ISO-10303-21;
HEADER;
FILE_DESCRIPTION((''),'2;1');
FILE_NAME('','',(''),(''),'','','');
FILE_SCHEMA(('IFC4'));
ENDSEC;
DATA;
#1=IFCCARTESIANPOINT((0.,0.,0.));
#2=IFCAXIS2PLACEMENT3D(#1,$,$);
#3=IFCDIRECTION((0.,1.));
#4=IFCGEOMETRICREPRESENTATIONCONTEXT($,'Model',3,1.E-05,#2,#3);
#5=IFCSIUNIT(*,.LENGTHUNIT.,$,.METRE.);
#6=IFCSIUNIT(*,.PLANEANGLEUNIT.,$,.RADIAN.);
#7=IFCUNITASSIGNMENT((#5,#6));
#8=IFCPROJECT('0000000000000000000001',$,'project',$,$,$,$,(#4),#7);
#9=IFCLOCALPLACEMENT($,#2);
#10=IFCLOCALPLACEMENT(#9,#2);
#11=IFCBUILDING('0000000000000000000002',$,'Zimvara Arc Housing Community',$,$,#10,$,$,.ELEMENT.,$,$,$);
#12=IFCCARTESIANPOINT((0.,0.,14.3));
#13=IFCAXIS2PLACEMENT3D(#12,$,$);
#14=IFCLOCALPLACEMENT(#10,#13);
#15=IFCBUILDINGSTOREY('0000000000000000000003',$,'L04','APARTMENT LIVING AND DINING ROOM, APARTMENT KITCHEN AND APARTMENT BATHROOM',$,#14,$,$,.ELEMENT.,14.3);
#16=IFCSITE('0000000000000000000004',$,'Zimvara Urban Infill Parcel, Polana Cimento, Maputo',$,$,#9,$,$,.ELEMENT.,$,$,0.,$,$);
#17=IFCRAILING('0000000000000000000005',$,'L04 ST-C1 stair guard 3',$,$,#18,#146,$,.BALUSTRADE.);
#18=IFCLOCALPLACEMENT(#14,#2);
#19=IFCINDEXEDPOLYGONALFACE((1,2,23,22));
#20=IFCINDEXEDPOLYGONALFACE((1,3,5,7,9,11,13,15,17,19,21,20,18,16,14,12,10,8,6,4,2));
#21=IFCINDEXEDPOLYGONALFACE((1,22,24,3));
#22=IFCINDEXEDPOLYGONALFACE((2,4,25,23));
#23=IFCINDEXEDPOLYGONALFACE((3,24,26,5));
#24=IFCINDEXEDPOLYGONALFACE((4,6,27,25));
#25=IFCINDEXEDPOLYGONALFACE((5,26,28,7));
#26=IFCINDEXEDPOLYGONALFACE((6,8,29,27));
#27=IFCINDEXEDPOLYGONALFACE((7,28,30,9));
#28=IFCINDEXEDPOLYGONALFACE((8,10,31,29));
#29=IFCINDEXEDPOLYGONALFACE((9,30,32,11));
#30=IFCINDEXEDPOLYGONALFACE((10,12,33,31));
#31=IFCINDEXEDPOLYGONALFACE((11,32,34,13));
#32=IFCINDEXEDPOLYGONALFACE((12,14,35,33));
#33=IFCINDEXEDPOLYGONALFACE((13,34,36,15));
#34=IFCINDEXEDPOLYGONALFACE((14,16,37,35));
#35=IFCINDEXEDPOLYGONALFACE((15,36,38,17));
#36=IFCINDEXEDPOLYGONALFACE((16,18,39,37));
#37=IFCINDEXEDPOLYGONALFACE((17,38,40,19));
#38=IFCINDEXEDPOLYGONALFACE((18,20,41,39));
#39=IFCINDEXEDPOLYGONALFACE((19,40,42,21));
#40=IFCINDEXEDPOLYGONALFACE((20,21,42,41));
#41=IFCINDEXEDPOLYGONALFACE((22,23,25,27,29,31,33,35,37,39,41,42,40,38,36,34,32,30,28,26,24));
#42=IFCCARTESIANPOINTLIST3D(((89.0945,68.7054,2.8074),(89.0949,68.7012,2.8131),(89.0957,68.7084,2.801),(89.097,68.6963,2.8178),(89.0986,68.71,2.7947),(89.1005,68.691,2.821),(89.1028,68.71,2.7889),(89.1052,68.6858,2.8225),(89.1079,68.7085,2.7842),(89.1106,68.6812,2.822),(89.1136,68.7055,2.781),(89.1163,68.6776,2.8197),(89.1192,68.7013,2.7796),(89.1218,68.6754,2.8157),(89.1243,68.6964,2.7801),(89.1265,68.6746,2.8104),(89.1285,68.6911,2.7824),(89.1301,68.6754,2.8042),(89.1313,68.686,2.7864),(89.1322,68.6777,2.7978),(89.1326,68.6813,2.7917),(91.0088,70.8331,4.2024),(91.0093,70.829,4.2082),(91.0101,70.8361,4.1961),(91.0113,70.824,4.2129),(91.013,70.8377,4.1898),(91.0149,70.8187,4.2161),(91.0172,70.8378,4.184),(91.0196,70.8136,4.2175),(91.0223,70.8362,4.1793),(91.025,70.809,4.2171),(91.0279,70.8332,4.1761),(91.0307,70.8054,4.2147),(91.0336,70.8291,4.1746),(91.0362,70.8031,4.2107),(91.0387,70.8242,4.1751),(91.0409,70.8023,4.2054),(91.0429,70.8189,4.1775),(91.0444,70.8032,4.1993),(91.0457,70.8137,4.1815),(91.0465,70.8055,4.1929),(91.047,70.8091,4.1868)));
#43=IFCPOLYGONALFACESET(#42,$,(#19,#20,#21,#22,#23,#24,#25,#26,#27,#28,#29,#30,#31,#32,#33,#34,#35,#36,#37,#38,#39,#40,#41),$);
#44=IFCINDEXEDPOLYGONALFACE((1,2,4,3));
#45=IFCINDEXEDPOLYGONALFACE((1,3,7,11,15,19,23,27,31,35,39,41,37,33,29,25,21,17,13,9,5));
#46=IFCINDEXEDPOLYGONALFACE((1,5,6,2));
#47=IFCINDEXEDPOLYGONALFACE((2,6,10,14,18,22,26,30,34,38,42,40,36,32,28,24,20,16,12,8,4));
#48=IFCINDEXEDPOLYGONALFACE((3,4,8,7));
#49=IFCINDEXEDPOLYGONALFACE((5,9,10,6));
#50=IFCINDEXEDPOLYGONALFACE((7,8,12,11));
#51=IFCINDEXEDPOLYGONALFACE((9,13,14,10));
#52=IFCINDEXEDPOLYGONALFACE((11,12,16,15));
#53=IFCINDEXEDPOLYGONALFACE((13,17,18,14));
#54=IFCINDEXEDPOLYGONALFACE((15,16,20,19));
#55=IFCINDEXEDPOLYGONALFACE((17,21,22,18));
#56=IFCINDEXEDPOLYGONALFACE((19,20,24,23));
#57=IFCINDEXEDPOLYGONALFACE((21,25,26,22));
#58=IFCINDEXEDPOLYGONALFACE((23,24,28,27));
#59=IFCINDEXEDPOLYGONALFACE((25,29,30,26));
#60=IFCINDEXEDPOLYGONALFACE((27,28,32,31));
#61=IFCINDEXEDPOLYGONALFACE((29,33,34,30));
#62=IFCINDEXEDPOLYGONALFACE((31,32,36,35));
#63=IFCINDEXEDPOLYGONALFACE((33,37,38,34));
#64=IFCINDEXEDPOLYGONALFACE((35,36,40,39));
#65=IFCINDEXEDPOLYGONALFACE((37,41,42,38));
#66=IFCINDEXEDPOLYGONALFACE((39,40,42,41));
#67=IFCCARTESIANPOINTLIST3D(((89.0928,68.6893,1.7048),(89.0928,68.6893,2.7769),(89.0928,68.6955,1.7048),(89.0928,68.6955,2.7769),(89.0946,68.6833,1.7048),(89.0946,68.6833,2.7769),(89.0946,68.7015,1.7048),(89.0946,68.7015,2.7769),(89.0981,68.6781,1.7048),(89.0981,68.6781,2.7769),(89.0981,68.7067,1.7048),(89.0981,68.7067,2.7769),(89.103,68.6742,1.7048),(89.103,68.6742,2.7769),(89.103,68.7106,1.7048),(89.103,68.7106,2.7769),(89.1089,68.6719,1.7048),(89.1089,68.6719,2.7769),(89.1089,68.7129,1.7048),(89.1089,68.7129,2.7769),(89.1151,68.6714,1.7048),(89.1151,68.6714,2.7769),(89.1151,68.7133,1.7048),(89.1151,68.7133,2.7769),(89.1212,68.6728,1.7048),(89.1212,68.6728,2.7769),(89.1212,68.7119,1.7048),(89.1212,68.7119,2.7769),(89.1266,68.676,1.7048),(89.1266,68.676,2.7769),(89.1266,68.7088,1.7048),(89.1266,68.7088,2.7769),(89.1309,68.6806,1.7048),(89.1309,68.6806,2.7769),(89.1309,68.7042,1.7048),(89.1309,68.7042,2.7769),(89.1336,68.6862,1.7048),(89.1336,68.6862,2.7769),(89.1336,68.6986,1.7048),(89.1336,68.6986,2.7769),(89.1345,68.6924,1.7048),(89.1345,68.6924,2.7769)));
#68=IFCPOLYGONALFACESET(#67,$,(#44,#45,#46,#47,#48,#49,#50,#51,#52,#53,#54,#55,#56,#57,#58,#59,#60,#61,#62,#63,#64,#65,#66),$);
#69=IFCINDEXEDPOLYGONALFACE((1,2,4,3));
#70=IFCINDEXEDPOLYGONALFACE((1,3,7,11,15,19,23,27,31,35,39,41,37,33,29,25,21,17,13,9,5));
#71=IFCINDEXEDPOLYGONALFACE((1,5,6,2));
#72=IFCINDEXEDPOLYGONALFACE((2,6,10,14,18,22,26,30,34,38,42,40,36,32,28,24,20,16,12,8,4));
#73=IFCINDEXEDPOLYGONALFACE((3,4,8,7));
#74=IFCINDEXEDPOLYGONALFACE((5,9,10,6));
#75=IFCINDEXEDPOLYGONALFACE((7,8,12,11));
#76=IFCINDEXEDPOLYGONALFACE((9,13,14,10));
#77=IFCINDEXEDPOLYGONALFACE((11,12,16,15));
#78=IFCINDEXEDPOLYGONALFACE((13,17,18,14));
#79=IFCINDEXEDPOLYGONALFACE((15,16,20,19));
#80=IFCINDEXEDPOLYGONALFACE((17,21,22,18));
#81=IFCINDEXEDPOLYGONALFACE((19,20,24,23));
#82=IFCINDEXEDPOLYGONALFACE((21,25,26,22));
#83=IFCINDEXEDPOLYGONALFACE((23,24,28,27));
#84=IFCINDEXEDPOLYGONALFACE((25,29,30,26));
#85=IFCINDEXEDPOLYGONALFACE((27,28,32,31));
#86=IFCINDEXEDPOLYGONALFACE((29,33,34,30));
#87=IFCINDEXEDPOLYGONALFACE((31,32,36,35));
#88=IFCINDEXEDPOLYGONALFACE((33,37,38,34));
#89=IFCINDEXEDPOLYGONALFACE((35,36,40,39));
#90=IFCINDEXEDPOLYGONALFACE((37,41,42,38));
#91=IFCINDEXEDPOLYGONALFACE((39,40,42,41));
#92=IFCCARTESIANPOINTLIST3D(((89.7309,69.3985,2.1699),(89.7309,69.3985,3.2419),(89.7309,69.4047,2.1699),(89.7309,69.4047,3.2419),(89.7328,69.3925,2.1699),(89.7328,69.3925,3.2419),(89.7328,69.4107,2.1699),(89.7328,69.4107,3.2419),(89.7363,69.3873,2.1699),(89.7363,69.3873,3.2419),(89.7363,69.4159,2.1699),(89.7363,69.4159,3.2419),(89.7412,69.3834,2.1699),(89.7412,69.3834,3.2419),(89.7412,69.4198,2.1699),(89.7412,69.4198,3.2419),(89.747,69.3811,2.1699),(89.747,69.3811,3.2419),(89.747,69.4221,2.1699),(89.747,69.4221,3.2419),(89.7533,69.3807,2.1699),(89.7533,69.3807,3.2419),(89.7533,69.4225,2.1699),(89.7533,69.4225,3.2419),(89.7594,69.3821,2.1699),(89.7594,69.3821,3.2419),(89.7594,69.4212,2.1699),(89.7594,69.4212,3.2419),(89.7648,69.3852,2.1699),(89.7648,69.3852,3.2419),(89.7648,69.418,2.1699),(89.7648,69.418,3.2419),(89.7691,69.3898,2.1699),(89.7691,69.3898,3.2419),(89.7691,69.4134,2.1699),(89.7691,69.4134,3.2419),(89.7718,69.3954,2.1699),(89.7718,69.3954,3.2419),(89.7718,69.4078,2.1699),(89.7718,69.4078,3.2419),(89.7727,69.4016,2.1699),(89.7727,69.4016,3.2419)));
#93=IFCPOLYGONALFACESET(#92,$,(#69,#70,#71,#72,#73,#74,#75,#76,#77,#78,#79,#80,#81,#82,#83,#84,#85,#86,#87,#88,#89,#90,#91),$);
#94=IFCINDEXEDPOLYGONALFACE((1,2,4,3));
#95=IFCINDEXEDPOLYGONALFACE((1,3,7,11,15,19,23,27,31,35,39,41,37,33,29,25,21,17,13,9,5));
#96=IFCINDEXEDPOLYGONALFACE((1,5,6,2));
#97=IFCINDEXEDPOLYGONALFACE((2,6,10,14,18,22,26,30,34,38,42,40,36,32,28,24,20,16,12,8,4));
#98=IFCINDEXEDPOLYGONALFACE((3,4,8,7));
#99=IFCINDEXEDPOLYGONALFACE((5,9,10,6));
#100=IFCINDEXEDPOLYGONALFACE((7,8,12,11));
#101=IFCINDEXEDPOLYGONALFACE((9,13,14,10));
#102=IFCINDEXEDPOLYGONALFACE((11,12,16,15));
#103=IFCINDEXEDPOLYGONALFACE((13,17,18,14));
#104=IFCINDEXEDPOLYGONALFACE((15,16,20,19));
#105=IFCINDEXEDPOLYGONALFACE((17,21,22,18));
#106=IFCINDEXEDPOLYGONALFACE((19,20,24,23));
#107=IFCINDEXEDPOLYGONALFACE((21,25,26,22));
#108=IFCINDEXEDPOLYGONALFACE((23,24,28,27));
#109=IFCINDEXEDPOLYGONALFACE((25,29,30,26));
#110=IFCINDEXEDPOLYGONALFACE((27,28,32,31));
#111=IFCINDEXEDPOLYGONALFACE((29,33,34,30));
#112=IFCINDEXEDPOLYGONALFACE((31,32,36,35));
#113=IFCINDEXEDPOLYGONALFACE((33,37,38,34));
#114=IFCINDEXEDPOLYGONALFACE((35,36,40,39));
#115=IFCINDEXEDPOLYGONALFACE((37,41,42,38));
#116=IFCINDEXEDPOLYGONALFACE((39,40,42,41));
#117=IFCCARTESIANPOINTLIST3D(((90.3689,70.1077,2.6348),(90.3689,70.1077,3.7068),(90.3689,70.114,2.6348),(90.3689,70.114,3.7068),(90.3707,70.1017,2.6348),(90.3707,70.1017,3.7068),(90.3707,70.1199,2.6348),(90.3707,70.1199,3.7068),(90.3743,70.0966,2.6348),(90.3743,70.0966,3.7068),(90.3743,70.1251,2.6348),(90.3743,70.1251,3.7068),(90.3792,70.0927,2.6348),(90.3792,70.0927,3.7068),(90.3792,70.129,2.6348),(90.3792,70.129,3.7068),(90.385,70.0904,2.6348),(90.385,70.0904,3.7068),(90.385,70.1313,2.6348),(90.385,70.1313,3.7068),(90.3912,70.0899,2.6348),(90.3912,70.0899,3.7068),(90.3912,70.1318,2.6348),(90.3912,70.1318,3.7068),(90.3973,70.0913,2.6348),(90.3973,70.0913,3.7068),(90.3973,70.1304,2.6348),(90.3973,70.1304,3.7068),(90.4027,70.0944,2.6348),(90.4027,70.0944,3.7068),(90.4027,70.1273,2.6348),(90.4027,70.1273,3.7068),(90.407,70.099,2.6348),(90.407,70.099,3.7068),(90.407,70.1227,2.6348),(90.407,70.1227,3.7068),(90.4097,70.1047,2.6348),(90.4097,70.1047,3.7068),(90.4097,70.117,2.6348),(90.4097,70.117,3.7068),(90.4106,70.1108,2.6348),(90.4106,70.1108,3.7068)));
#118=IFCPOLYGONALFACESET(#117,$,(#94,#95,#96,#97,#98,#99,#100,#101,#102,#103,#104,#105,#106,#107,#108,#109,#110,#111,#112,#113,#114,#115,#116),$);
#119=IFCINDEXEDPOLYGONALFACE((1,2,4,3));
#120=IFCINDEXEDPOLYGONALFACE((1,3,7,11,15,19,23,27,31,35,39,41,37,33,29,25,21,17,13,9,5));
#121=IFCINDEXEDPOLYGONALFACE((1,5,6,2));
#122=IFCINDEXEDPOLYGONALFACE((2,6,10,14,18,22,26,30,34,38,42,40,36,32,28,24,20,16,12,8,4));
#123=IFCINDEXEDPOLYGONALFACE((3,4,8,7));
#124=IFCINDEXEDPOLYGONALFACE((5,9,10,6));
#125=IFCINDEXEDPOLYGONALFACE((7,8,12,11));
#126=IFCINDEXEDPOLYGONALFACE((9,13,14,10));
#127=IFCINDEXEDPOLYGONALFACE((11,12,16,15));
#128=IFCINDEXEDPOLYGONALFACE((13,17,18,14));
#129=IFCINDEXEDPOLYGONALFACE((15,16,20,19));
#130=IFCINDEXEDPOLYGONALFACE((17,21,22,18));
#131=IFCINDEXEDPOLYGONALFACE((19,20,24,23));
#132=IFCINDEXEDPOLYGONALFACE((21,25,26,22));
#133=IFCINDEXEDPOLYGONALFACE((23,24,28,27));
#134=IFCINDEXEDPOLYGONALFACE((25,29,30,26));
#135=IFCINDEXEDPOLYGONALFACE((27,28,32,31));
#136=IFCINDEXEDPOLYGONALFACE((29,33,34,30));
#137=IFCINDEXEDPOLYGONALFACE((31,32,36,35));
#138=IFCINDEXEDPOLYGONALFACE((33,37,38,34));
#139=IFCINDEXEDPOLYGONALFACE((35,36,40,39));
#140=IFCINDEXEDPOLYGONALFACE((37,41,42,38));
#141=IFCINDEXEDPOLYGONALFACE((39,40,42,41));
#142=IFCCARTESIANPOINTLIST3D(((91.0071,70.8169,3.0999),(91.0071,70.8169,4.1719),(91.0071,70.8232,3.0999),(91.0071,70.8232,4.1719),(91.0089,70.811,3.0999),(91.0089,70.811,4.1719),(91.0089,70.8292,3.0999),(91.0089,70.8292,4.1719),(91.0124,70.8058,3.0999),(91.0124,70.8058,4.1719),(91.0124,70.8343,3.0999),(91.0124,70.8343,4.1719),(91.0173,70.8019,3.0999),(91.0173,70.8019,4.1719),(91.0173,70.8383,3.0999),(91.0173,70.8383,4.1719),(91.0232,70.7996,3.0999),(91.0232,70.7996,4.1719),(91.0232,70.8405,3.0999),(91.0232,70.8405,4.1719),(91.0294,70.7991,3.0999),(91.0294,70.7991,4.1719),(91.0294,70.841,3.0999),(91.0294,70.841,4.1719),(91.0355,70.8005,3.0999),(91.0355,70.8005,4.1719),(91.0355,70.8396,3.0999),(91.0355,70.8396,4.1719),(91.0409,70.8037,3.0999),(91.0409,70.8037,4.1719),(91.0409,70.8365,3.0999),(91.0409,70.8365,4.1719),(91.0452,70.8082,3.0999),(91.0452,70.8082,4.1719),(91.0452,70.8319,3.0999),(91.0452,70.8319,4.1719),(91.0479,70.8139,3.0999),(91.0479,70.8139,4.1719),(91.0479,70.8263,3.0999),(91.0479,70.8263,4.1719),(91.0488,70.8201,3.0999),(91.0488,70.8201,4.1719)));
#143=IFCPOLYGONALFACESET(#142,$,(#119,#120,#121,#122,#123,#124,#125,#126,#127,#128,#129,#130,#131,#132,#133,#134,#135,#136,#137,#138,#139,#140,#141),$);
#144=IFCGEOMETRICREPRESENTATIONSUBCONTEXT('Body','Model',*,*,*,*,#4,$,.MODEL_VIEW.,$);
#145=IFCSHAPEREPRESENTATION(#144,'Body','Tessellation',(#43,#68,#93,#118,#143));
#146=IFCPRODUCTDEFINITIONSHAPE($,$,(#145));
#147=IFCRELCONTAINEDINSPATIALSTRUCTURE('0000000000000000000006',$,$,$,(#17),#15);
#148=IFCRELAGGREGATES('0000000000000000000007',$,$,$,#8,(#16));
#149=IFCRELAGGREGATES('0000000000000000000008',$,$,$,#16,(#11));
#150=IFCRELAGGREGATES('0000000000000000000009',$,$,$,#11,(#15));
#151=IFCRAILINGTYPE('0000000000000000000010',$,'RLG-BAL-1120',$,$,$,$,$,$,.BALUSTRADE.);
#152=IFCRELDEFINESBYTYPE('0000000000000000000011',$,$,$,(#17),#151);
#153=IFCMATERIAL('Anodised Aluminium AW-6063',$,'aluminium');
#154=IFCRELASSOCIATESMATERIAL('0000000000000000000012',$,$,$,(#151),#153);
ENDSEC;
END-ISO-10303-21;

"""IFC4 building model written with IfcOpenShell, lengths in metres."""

from ifc_helpers import new_model, si_unit, direction, frame, origin, origin_2d, place, context, subcontext, project, spatial, circle, extrude, material, type_object, element, save


model = new_model("IFC4")

# Units and contexts
model_context = context("Model", 3, precision=1e-05, world=origin(), true_north=direction((0.0, 1.0)))
body_context = subcontext(model_context, "Body", "Model", "MODEL_VIEW")
ifc_project = project(units=[si_unit("LENGTHUNIT", "METRE"), si_unit("PLANEANGLEUNIT", "RADIAN")], contexts=[model_context])

# Site, building, storey
site_placement = place(None, origin())
site = spatial("IfcSite", under=ifc_project, at=site_placement, Name="Zimvara Urban Infill Parcel, Polana Cimento, Maputo", CompositionType="ELEMENT", RefElevation=0.0)
building_placement = place(site_placement, origin())
building = spatial("IfcBuilding", under=site, at=building_placement, Name="Zimvara Arc Housing Community", CompositionType="ELEMENT")
storey_placement = place(building_placement, frame((0.0, 0.0, 14.3)))
storey = spatial("IfcBuildingStorey", under=building, at=storey_placement, Name="L04", Description="APARTMENT LIVING AND DINING ROOM, APARTMENT KITCHEN AND APARTMENT BATHROOM", CompositionType="ELEMENT", Elevation=14.3)

# Railing
ifc_material_1 = material(Name="Anodised Aluminium AW-6063", Category="aluminium")
railing_type = type_object("IfcRailingType", Name="RLG-BAL-1120", PredefinedType="BALUSTRADE", material=ifc_material_1)
railing_1_placement = place(storey_placement, frame((89.1135, 68.6924, 1.7048)))
element("IfcRailing", 1, at=railing_1_placement, inside=storey, type_object=railing_type, Name="L04 ST-C1 stair guard 3", PredefinedType="BALUSTRADE", context=body_context, shape_type="SweptSolid", body=[
    extrude(circle(Radius=0.0239, at=origin_2d()), frame((0.0, 0.0, 1.0962), z_axis=(0.601232, 0.668248, 0.438138), x_axis=(-0.7434, 0.668847, 0.0)), (0.0, 0.0, 1.0), 3.1841),
    extrude(circle(Radius=0.021, at=origin_2d()), origin(), (0.0, 0.0, 1.0), 1.072),
    extrude(circle(Radius=0.021, at=origin_2d()), frame((0.6382, 0.7092, 0.4651)), (0.0, 0.0, 1.0), 1.072),
    extrude(circle(Radius=0.021, at=origin_2d()), frame((1.2761, 1.4185, 0.9299)), (0.0, 0.0, 1.0), 1.072),
    extrude(circle(Radius=0.021, at=origin_2d()), frame((1.9143, 2.1277, 1.395)), (0.0, 0.0, 1.0), 1.072),
])

save(model, "model.ifc")
